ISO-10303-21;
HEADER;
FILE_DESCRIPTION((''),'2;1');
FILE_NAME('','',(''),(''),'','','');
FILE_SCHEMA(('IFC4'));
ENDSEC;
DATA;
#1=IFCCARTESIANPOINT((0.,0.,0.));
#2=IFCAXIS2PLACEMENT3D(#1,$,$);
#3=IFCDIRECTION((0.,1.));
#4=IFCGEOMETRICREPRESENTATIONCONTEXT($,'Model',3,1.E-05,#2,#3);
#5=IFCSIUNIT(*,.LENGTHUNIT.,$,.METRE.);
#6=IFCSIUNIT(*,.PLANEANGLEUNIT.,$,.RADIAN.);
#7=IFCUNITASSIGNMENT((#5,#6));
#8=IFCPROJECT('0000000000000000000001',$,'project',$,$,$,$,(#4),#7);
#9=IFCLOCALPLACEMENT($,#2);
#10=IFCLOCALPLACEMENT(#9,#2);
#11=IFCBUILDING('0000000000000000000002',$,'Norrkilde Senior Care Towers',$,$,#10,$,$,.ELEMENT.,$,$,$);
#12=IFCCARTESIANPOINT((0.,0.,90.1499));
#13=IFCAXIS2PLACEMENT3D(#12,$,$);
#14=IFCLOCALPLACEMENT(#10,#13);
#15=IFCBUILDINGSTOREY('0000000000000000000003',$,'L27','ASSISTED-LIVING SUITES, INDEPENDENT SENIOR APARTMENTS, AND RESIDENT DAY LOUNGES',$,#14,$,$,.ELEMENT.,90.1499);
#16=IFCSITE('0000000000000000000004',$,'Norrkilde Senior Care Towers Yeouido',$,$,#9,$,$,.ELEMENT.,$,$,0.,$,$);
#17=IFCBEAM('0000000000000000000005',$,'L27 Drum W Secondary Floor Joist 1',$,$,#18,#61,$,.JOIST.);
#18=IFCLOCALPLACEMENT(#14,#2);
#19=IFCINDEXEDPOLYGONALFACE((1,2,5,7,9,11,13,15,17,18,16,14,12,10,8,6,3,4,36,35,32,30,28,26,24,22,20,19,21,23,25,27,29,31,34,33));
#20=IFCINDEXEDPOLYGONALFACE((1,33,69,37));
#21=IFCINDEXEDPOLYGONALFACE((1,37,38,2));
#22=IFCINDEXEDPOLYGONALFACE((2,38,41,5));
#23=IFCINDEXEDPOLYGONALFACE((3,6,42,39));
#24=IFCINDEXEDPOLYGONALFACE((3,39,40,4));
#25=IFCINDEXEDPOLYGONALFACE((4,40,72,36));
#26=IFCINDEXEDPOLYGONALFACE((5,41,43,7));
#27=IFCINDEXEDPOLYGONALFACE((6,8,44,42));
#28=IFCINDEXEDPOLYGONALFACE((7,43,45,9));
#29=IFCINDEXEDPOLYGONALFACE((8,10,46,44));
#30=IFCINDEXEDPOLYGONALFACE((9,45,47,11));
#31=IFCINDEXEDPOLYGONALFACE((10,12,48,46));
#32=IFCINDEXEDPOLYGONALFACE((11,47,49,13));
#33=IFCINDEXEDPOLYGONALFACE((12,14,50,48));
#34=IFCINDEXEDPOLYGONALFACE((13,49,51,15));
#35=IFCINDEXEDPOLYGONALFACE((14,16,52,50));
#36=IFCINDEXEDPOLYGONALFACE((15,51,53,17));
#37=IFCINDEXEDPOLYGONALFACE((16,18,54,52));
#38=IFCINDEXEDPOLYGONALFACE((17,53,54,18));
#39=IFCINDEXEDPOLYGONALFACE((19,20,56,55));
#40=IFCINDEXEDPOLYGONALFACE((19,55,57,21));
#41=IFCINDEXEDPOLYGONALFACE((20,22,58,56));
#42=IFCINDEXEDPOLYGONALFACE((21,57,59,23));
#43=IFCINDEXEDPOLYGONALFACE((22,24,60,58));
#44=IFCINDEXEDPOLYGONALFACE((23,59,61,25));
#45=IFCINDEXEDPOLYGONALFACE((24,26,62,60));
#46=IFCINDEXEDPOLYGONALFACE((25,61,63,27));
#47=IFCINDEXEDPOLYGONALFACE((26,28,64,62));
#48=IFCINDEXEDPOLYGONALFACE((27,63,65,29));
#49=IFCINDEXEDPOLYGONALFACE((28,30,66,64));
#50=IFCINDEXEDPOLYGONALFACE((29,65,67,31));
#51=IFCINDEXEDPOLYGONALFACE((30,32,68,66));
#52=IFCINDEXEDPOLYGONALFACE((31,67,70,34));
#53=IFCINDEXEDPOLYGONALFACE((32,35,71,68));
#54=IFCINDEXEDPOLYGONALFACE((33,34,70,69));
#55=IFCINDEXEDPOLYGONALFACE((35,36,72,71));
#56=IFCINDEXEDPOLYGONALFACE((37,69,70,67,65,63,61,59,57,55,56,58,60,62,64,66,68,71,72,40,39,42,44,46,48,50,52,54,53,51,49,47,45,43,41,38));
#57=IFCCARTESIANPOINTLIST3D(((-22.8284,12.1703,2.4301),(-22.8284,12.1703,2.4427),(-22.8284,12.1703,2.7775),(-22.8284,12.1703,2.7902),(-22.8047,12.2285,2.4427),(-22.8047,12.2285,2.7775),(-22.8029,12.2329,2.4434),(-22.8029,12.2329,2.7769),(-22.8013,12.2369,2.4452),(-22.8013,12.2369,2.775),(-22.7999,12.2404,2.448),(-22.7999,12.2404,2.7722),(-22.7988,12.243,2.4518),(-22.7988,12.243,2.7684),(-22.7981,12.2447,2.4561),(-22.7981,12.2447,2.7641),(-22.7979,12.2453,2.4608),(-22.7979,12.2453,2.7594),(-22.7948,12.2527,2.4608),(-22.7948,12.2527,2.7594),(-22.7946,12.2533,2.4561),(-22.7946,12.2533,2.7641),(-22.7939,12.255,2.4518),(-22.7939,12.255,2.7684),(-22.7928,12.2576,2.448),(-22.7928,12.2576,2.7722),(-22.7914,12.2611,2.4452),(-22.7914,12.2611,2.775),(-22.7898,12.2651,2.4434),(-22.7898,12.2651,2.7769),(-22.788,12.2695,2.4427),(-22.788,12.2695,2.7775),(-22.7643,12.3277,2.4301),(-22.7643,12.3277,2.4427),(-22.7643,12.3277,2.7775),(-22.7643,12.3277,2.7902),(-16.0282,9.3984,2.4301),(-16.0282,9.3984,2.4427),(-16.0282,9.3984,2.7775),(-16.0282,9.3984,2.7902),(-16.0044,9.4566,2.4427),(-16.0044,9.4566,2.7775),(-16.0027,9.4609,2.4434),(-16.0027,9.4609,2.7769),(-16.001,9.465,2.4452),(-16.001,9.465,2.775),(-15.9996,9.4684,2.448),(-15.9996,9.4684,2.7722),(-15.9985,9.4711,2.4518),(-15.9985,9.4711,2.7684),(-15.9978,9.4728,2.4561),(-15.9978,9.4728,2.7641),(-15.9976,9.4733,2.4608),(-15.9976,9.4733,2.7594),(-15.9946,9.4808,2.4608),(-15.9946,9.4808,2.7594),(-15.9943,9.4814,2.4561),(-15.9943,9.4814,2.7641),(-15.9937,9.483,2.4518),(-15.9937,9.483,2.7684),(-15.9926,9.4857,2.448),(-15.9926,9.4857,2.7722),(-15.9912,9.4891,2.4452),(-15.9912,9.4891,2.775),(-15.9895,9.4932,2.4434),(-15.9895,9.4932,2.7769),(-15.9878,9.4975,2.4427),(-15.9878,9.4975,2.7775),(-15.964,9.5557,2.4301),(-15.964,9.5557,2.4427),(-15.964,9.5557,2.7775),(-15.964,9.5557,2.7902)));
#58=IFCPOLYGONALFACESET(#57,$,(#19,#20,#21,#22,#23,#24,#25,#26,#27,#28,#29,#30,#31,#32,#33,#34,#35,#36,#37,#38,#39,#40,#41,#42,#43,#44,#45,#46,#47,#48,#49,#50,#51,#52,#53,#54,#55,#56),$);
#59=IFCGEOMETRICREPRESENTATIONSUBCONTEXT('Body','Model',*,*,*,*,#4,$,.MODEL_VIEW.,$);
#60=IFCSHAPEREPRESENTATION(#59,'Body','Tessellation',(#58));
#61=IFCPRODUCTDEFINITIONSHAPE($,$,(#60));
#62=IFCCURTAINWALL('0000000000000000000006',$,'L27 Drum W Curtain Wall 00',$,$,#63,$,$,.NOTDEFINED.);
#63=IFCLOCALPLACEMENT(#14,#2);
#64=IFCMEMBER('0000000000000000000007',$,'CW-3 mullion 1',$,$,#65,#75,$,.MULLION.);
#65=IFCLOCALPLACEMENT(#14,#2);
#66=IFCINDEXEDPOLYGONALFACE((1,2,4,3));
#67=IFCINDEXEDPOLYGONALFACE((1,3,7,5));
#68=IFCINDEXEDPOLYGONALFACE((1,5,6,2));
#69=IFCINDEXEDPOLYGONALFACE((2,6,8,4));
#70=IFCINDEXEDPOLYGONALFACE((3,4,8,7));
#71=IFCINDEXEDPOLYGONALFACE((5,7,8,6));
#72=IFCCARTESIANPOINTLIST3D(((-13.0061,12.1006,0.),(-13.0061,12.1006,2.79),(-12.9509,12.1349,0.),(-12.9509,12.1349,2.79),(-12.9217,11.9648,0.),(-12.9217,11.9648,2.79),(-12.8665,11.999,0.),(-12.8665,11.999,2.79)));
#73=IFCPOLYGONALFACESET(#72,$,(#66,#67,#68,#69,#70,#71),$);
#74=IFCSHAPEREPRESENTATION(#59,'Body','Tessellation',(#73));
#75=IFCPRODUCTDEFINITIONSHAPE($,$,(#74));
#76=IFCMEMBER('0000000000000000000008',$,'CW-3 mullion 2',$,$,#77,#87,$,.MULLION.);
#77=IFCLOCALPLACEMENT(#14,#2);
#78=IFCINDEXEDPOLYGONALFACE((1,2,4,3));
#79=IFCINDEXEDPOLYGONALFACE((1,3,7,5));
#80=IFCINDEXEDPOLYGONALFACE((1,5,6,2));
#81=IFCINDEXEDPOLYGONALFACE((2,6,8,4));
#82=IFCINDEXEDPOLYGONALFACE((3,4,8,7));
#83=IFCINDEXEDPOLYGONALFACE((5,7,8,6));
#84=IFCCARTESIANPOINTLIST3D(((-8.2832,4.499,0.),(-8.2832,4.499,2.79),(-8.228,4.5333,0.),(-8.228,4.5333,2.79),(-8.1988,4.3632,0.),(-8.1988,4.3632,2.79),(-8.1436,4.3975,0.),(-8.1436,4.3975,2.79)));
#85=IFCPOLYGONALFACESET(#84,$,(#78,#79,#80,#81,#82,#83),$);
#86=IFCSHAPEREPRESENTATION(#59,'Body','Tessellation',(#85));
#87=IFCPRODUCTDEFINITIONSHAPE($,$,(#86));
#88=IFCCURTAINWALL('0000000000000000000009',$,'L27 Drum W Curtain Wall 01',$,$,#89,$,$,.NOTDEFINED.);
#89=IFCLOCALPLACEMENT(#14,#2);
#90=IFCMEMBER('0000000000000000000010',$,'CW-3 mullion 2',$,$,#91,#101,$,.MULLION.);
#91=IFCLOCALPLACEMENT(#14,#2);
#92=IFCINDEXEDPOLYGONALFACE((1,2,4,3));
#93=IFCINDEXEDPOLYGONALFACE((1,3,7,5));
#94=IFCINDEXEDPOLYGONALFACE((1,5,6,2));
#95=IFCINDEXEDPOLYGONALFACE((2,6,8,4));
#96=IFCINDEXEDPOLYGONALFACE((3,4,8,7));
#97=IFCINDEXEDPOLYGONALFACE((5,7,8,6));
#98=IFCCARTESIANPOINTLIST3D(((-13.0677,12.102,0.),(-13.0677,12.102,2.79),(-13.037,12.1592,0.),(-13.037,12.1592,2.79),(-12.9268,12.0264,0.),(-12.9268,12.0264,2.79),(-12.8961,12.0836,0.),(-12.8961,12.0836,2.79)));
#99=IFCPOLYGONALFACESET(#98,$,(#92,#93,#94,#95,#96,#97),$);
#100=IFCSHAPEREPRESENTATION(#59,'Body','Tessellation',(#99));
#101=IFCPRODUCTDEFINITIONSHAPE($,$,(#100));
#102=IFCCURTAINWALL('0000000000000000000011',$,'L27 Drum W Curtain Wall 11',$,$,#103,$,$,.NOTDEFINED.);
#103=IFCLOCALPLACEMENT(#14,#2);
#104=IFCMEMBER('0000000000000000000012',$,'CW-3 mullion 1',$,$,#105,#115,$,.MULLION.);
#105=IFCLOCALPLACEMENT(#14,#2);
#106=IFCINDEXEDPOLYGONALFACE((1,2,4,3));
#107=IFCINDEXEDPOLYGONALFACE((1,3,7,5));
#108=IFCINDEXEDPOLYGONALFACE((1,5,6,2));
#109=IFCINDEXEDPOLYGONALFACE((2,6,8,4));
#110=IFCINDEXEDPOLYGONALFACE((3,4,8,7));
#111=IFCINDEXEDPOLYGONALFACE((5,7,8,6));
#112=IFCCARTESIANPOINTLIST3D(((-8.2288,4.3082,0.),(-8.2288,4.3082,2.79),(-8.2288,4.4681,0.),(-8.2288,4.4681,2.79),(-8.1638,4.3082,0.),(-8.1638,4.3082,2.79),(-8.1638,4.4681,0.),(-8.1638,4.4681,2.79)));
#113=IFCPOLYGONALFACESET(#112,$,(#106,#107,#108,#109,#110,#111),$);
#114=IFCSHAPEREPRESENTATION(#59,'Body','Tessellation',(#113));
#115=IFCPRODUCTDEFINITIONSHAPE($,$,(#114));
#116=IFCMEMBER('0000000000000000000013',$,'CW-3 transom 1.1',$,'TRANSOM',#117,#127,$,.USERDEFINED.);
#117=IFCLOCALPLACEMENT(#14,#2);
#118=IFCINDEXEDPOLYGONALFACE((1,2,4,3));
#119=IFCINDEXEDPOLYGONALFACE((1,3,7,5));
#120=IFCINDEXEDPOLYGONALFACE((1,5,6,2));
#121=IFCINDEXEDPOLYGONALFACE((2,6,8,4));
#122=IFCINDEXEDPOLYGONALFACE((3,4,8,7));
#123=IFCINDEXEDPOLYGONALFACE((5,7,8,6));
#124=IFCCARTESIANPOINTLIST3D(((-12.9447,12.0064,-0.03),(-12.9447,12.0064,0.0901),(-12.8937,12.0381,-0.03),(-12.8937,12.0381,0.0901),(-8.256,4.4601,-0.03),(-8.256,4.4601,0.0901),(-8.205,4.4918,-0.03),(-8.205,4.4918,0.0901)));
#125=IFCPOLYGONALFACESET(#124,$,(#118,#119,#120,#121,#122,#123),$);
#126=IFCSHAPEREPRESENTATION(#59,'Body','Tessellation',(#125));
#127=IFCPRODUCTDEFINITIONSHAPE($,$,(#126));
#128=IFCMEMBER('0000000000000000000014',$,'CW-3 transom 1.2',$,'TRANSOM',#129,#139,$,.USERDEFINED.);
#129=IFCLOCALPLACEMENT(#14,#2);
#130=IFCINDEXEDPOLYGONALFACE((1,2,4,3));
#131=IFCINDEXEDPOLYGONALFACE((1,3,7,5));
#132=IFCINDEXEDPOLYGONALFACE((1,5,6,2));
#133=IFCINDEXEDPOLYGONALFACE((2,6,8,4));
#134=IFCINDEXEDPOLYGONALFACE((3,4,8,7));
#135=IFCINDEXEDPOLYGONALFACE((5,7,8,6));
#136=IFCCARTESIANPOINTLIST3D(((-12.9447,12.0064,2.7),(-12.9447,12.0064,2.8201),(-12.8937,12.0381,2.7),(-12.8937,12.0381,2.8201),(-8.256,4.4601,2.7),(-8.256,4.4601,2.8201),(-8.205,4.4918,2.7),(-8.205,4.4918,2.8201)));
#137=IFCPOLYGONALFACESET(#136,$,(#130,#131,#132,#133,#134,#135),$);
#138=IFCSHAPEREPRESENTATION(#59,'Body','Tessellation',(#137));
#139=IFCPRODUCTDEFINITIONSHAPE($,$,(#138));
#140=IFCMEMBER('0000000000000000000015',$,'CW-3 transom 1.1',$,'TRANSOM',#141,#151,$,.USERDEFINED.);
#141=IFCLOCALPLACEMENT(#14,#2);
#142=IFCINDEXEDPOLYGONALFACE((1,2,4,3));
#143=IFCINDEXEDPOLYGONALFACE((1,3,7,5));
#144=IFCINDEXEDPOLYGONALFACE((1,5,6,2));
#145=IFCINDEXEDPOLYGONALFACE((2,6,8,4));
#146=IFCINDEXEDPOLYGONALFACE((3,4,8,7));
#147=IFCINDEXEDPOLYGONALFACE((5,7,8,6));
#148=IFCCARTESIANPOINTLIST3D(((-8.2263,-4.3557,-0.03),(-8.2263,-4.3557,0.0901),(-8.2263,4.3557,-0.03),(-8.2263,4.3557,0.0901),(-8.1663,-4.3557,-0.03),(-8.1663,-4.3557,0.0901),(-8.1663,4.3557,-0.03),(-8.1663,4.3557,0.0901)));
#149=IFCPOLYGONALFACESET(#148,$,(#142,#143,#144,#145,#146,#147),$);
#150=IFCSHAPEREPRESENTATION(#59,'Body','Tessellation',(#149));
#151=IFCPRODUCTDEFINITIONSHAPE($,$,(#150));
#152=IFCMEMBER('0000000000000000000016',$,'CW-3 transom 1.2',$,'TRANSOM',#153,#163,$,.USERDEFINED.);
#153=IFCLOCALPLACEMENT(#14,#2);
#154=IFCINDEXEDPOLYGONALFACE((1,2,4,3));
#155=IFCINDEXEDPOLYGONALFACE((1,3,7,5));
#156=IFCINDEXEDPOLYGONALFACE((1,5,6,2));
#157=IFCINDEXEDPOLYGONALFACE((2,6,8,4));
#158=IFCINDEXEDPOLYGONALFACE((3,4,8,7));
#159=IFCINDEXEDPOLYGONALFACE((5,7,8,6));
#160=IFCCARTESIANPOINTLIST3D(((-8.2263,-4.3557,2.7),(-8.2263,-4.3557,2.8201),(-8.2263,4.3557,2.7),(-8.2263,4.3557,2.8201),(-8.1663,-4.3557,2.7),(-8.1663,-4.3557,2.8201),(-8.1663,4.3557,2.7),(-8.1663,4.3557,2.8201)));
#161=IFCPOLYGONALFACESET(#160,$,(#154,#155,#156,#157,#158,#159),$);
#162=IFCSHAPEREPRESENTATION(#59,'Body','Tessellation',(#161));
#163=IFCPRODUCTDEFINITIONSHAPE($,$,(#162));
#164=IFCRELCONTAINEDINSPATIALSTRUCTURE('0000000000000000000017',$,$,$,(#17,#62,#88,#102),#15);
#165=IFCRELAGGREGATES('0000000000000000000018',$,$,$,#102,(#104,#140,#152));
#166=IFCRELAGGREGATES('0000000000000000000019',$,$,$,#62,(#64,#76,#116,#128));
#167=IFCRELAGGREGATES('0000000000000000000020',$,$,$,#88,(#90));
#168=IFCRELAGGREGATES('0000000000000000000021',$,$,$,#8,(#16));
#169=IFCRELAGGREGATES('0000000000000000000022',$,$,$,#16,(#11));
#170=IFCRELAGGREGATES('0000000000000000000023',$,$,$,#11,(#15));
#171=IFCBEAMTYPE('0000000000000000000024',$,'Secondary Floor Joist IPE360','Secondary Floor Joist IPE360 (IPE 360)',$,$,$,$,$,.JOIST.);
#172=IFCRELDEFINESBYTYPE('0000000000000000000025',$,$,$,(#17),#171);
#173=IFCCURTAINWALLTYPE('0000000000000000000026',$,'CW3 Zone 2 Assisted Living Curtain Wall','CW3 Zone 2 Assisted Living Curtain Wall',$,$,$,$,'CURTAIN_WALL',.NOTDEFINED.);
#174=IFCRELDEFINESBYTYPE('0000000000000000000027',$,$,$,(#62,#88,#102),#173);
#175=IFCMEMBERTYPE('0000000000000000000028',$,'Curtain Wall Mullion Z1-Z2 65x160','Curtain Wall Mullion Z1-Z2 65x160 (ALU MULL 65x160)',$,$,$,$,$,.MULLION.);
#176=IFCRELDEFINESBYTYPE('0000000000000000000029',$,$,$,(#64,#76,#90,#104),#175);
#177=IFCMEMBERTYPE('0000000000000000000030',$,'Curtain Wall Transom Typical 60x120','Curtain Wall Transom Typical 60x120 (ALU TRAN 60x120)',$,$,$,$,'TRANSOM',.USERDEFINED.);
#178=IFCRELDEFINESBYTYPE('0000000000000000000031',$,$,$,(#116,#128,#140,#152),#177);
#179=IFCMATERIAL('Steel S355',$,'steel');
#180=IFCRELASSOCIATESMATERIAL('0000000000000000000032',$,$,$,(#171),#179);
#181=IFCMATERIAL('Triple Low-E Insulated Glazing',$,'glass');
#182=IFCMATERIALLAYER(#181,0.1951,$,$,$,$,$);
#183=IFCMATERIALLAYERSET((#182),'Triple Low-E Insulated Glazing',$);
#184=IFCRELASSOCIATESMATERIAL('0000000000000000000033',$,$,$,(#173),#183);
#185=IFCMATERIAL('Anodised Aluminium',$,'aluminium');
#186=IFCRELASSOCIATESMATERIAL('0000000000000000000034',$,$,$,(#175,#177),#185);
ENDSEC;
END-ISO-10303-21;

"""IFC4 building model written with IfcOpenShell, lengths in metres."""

from ifc_helpers import new_model, si_unit, direction, frame, origin, origin_2d, place, context, subcontext, project, spatial, rectangle, i_section, extrude, source, transform, mapped, material, layer, layer_set, material_profile, profile_set, type_object, type_shapes, element, aggregate, save


model = new_model("IFC4")

# Units and contexts
model_context = context("Model", 3, precision=1e-05, world=origin(), true_north=direction((0.0, 1.0)))
body_context = subcontext(model_context, "Body", "Model", "MODEL_VIEW")
ifc_project = project(units=[si_unit("LENGTHUNIT", "METRE"), si_unit("PLANEANGLEUNIT", "RADIAN")], contexts=[model_context])

# Site, building, storey
site_placement = place(None, origin())
site = spatial("IfcSite", under=ifc_project, at=site_placement, Name="Norrkilde Senior Care Towers Yeouido", CompositionType="ELEMENT", RefElevation=0.0)
building_placement = place(site_placement, origin())
building = spatial("IfcBuilding", under=site, at=building_placement, Name="Norrkilde Senior Care Towers", CompositionType="ELEMENT")
storey_placement = place(building_placement, frame((0.0, 0.0, 90.1499)))
storey = spatial("IfcBuildingStorey", under=building, at=storey_placement, Name="L27", Description="ASSISTED-LIVING SUITES, INDEPENDENT SENIOR APARTMENTS, AND RESIDENT DAY LOUNGES", CompositionType="ELEMENT", Elevation=90.1499)

# Beam
ifc_material_1 = material(Name="Steel S355", Category="steel")
ifc_material_profile_1 = material_profile(ifc_material_1, i_section(OverallWidth=0.1699, OverallDepth=0.3601, WebThickness=0.0081, FlangeThickness=0.0127, FilletRadius=0.0181, at=origin_2d()), Name="IPE 360")
ifc_profile_set_1 = profile_set([ifc_material_profile_1], Name="Steel S355")
beam_type_1 = type_object("IfcBeamType", Name="Secondary Floor Joist IPE360", Description="Secondary Floor Joist IPE360 (IPE 360)", PredefinedType="JOIST", material=ifc_profile_set_1)
shared_shape_1 = source(origin(), body_context, "Body", "SweptSolid", [
    extrude(i_section(OverallWidth=0.1699, OverallDepth=0.3601, WebThickness=0.0081, FlangeThickness=0.0127, FilletRadius=0.0181, at=origin_2d()), origin(), (0.0, 0.0, 1.0), 7.3435),
])
type_shapes(beam_type_1, [shared_shape_1])
beam_1_placement = place(storey_placement, frame((-15.9961, 9.4771, 2.6101), z_axis=(-0.926022, 0.37747, 0.0), x_axis=(-0.37747, -0.926022, 0.0)))
element("IfcBeam", 1, at=beam_1_placement, inside=storey, type_object=beam_type_1, Name="L27 Drum W Secondary Floor Joist 1", PredefinedType="JOIST", context=body_context, shape_type="MappedRepresentation", body=[
    mapped(shared_shape_1, transform((0.0, 0.0, 0.0), x_axis=(1.0, 0.0, 0.0), y_axis=(0.0, 1.0, 0.0), z_axis=(0.0, 0.0, 1.0), scale=1.0)),
])

# Curtain wall, members
ifc_material_2 = material(Name="Triple Low-E Insulated Glazing", Category="glass")
ifc_layer_1 = layer(ifc_material_2, 0.1951)
ifc_layer_set_1 = layer_set([ifc_layer_1], Name="Triple Low-E Insulated Glazing")
curtain_wall_type = type_object("IfcCurtainWallType", Name="CW3 Zone 2 Assisted Living Curtain Wall", Description="CW3 Zone 2 Assisted Living Curtain Wall", ElementType="CURTAIN_WALL", PredefinedType="NOTDEFINED", material=ifc_layer_set_1)
curtain_wall_1_placement = place(storey_placement, origin())
curtain_wall_1 = element("IfcCurtainWall", 2, at=curtain_wall_1_placement, inside=storey, type_object=curtain_wall_type, Name="L27 Drum W Curtain Wall 00", PredefinedType="NOTDEFINED")
ifc_material_3 = material(Name="Anodised Aluminium", Category="aluminium")
ifc_material_profile_2 = material_profile(ifc_material_3, rectangle(XDim=0.0649, YDim=0.1599, at=origin_2d()), Name="ALU MULL 65x160")
ifc_profile_set_2 = profile_set([ifc_material_profile_2], Name="Anodised Aluminium")
member_type_1 = type_object("IfcMemberType", Name="Curtain Wall Mullion Z1-Z2 65x160", Description="Curtain Wall Mullion Z1-Z2 65x160 (ALU MULL 65x160)", PredefinedType="MULLION", material=ifc_profile_set_2)
shared_shape_2 = source(origin(), body_context, "Body", "SweptSolid", [
    extrude(rectangle(XDim=0.0649, YDim=0.1599, at=origin_2d()), origin(), (0.0, 0.0, 1.0), 2.79),
])
type_shapes(member_type_1, [shared_shape_2])
member_1_placement = place(storey_placement, frame((-12.9363, 12.0498, 0.0), z_axis=(0.0, 0.0, 1.0), x_axis=(0.84941, 0.527733, 0.0)))
member_1 = element("IfcMember", 3, at=member_1_placement, type_object=member_type_1, Name="CW-3 mullion 1", PredefinedType="MULLION", context=body_context, shape_type="MappedRepresentation", body=[
    mapped(shared_shape_2, transform((0.0, 0.0, 0.0), x_axis=(1.0, 0.0, 0.0), y_axis=(0.0, 1.0, 0.0), z_axis=(0.0, 0.0, 1.0), scale=1.0)),
])
member_2_placement = place(storey_placement, frame((-8.2134, 4.4482, 0.0), z_axis=(0.0, 0.0, 1.0), x_axis=(0.84941, 0.527733, 0.0)))
member_2 = element("IfcMember", 4, at=member_2_placement, type_object=member_type_1, Name="CW-3 mullion 2", PredefinedType="MULLION", context=body_context, shape_type="MappedRepresentation", body=[
    mapped(shared_shape_2, transform((0.0, 0.0, 0.0), x_axis=(1.0, 0.0, 0.0), y_axis=(0.0, 1.0, 0.0), z_axis=(0.0, 0.0, 1.0), scale=1.0)),
])

# Curtain walls, members
curtain_wall_2_placement = place(storey_placement, origin())
curtain_wall_2 = element("IfcCurtainWall", 5, at=curtain_wall_2_placement, inside=storey, type_object=curtain_wall_type, Name="L27 Drum W Curtain Wall 01", PredefinedType="NOTDEFINED")
member_3_placement = place(storey_placement, frame((-12.9819, 12.0928, 0.0), z_axis=(0.0, 0.0, 1.0), x_axis=(0.472769, 0.881186, 0.0)))
member_3 = element("IfcMember", 6, at=member_3_placement, type_object=member_type_1, Name="CW-3 mullion 2", PredefinedType="MULLION", context=body_context, shape_type="MappedRepresentation", body=[
    mapped(shared_shape_2, transform((0.0, 0.0, 0.0), x_axis=(1.0, 0.0, 0.0), y_axis=(0.0, 1.0, 0.0), z_axis=(0.0, 0.0, 1.0), scale=1.0)),
])
curtain_wall_3_placement = place(storey_placement, origin())
curtain_wall_3 = element("IfcCurtainWall", 7, at=curtain_wall_3_placement, inside=storey, type_object=curtain_wall_type, Name="L27 Drum W Curtain Wall 11", PredefinedType="NOTDEFINED")
member_4_placement = place(storey_placement, frame((-8.1963, 4.3882, 0.0), z_axis=(0.0, 0.0, 1.0), x_axis=(1.0, 0.0, 0.0)))
member_4 = element("IfcMember", 8, at=member_4_placement, type_object=member_type_1, Name="CW-3 mullion 1", PredefinedType="MULLION", context=body_context, shape_type="MappedRepresentation", body=[
    mapped(shared_shape_2, transform((0.0, 0.0, 0.0), x_axis=(1.0, 0.0, 0.0), y_axis=(0.0, 1.0, 0.0), z_axis=(0.0, 0.0, 1.0), scale=1.0)),
])

# Members
ifc_material_profile_3 = material_profile(ifc_material_3, rectangle(XDim=0.0601, YDim=0.1201, at=origin_2d()), Name="ALU TRAN 60x120")
ifc_profile_set_3 = profile_set([ifc_material_profile_3], Name="Anodised Aluminium")
member_type_2 = type_object("IfcMemberType", Name="Curtain Wall Transom Typical 60x120", Description="Curtain Wall Transom Typical 60x120 (ALU TRAN 60x120)", ElementType="TRANSOM", PredefinedType="USERDEFINED", material=ifc_profile_set_3)
shared_shape_3 = source(origin(), body_context, "Body", "SweptSolid", [
    extrude(rectangle(XDim=0.0601, YDim=0.1201, at=origin_2d()), origin(), (0.0, 0.0, 1.0), 8.8843),
])
member_5_placement = place(storey_placement, frame((-12.9192, 12.0222, 0.03), z_axis=(0.527749, -0.8494, 0.0), x_axis=(0.8494, 0.527749, 0.0)))
member_5 = element("IfcMember", 9, at=member_5_placement, type_object=member_type_2, Name="CW-3 transom 1.1", ObjectType="TRANSOM", PredefinedType="USERDEFINED", context=body_context, shape_type="MappedRepresentation", body=[
    mapped(shared_shape_3, transform((0.0, 0.0, 0.0), x_axis=(1.0, 0.0, 0.0), y_axis=(0.0, 1.0, 0.0), z_axis=(0.0, 0.0, 1.0), scale=1.0)),
])
member_6_placement = place(storey_placement, frame((-12.9192, 12.0222, 2.76), z_axis=(0.527749, -0.8494, 0.0), x_axis=(0.8494, 0.527749, 0.0)))
member_6 = element("IfcMember", 10, at=member_6_placement, type_object=member_type_2, Name="CW-3 transom 1.2", ObjectType="TRANSOM", PredefinedType="USERDEFINED", context=body_context, shape_type="MappedRepresentation", body=[
    mapped(shared_shape_3, transform((0.0, 0.0, 0.0), x_axis=(1.0, 0.0, 0.0), y_axis=(0.0, 1.0, 0.0), z_axis=(0.0, 0.0, 1.0), scale=1.0)),
])
shared_shape_4 = source(origin(), body_context, "Body", "SweptSolid", [
    extrude(rectangle(XDim=0.0601, YDim=0.1201, at=origin_2d()), origin(), (0.0, 0.0, 1.0), 8.7114),
])
type_shapes(member_type_2, [shared_shape_3, shared_shape_4])
member_7_placement = place(storey_placement, frame((-8.1963, 4.3557, 0.03), z_axis=(0.0, -1.0, 0.0), x_axis=(1.0, 0.0, 0.0)))
member_7 = element("IfcMember", 11, at=member_7_placement, type_object=member_type_2, Name="CW-3 transom 1.1", ObjectType="TRANSOM", PredefinedType="USERDEFINED", context=body_context, shape_type="MappedRepresentation", body=[
    mapped(shared_shape_4, transform((0.0, 0.0, 0.0), x_axis=(1.0, 0.0, 0.0), y_axis=(0.0, 1.0, 0.0), z_axis=(0.0, 0.0, 1.0), scale=1.0)),
])
member_8_placement = place(storey_placement, frame((-8.1963, 4.3557, 2.76), z_axis=(0.0, -1.0, 0.0), x_axis=(1.0, 0.0, 0.0)))
member_8 = element("IfcMember", 12, at=member_8_placement, type_object=member_type_2, Name="CW-3 transom 1.2", ObjectType="TRANSOM", PredefinedType="USERDEFINED", context=body_context, shape_type="MappedRepresentation", body=[
    mapped(shared_shape_4, transform((0.0, 0.0, 0.0), x_axis=(1.0, 0.0, 0.0), y_axis=(0.0, 1.0, 0.0), z_axis=(0.0, 0.0, 1.0), scale=1.0)),
])
aggregate(curtain_wall_3, [member_4, member_7, member_8])

aggregate(curtain_wall_1, [member_1, member_2, member_5, member_6])
aggregate(curtain_wall_2, [member_3])

save(model, "model.ifc")
